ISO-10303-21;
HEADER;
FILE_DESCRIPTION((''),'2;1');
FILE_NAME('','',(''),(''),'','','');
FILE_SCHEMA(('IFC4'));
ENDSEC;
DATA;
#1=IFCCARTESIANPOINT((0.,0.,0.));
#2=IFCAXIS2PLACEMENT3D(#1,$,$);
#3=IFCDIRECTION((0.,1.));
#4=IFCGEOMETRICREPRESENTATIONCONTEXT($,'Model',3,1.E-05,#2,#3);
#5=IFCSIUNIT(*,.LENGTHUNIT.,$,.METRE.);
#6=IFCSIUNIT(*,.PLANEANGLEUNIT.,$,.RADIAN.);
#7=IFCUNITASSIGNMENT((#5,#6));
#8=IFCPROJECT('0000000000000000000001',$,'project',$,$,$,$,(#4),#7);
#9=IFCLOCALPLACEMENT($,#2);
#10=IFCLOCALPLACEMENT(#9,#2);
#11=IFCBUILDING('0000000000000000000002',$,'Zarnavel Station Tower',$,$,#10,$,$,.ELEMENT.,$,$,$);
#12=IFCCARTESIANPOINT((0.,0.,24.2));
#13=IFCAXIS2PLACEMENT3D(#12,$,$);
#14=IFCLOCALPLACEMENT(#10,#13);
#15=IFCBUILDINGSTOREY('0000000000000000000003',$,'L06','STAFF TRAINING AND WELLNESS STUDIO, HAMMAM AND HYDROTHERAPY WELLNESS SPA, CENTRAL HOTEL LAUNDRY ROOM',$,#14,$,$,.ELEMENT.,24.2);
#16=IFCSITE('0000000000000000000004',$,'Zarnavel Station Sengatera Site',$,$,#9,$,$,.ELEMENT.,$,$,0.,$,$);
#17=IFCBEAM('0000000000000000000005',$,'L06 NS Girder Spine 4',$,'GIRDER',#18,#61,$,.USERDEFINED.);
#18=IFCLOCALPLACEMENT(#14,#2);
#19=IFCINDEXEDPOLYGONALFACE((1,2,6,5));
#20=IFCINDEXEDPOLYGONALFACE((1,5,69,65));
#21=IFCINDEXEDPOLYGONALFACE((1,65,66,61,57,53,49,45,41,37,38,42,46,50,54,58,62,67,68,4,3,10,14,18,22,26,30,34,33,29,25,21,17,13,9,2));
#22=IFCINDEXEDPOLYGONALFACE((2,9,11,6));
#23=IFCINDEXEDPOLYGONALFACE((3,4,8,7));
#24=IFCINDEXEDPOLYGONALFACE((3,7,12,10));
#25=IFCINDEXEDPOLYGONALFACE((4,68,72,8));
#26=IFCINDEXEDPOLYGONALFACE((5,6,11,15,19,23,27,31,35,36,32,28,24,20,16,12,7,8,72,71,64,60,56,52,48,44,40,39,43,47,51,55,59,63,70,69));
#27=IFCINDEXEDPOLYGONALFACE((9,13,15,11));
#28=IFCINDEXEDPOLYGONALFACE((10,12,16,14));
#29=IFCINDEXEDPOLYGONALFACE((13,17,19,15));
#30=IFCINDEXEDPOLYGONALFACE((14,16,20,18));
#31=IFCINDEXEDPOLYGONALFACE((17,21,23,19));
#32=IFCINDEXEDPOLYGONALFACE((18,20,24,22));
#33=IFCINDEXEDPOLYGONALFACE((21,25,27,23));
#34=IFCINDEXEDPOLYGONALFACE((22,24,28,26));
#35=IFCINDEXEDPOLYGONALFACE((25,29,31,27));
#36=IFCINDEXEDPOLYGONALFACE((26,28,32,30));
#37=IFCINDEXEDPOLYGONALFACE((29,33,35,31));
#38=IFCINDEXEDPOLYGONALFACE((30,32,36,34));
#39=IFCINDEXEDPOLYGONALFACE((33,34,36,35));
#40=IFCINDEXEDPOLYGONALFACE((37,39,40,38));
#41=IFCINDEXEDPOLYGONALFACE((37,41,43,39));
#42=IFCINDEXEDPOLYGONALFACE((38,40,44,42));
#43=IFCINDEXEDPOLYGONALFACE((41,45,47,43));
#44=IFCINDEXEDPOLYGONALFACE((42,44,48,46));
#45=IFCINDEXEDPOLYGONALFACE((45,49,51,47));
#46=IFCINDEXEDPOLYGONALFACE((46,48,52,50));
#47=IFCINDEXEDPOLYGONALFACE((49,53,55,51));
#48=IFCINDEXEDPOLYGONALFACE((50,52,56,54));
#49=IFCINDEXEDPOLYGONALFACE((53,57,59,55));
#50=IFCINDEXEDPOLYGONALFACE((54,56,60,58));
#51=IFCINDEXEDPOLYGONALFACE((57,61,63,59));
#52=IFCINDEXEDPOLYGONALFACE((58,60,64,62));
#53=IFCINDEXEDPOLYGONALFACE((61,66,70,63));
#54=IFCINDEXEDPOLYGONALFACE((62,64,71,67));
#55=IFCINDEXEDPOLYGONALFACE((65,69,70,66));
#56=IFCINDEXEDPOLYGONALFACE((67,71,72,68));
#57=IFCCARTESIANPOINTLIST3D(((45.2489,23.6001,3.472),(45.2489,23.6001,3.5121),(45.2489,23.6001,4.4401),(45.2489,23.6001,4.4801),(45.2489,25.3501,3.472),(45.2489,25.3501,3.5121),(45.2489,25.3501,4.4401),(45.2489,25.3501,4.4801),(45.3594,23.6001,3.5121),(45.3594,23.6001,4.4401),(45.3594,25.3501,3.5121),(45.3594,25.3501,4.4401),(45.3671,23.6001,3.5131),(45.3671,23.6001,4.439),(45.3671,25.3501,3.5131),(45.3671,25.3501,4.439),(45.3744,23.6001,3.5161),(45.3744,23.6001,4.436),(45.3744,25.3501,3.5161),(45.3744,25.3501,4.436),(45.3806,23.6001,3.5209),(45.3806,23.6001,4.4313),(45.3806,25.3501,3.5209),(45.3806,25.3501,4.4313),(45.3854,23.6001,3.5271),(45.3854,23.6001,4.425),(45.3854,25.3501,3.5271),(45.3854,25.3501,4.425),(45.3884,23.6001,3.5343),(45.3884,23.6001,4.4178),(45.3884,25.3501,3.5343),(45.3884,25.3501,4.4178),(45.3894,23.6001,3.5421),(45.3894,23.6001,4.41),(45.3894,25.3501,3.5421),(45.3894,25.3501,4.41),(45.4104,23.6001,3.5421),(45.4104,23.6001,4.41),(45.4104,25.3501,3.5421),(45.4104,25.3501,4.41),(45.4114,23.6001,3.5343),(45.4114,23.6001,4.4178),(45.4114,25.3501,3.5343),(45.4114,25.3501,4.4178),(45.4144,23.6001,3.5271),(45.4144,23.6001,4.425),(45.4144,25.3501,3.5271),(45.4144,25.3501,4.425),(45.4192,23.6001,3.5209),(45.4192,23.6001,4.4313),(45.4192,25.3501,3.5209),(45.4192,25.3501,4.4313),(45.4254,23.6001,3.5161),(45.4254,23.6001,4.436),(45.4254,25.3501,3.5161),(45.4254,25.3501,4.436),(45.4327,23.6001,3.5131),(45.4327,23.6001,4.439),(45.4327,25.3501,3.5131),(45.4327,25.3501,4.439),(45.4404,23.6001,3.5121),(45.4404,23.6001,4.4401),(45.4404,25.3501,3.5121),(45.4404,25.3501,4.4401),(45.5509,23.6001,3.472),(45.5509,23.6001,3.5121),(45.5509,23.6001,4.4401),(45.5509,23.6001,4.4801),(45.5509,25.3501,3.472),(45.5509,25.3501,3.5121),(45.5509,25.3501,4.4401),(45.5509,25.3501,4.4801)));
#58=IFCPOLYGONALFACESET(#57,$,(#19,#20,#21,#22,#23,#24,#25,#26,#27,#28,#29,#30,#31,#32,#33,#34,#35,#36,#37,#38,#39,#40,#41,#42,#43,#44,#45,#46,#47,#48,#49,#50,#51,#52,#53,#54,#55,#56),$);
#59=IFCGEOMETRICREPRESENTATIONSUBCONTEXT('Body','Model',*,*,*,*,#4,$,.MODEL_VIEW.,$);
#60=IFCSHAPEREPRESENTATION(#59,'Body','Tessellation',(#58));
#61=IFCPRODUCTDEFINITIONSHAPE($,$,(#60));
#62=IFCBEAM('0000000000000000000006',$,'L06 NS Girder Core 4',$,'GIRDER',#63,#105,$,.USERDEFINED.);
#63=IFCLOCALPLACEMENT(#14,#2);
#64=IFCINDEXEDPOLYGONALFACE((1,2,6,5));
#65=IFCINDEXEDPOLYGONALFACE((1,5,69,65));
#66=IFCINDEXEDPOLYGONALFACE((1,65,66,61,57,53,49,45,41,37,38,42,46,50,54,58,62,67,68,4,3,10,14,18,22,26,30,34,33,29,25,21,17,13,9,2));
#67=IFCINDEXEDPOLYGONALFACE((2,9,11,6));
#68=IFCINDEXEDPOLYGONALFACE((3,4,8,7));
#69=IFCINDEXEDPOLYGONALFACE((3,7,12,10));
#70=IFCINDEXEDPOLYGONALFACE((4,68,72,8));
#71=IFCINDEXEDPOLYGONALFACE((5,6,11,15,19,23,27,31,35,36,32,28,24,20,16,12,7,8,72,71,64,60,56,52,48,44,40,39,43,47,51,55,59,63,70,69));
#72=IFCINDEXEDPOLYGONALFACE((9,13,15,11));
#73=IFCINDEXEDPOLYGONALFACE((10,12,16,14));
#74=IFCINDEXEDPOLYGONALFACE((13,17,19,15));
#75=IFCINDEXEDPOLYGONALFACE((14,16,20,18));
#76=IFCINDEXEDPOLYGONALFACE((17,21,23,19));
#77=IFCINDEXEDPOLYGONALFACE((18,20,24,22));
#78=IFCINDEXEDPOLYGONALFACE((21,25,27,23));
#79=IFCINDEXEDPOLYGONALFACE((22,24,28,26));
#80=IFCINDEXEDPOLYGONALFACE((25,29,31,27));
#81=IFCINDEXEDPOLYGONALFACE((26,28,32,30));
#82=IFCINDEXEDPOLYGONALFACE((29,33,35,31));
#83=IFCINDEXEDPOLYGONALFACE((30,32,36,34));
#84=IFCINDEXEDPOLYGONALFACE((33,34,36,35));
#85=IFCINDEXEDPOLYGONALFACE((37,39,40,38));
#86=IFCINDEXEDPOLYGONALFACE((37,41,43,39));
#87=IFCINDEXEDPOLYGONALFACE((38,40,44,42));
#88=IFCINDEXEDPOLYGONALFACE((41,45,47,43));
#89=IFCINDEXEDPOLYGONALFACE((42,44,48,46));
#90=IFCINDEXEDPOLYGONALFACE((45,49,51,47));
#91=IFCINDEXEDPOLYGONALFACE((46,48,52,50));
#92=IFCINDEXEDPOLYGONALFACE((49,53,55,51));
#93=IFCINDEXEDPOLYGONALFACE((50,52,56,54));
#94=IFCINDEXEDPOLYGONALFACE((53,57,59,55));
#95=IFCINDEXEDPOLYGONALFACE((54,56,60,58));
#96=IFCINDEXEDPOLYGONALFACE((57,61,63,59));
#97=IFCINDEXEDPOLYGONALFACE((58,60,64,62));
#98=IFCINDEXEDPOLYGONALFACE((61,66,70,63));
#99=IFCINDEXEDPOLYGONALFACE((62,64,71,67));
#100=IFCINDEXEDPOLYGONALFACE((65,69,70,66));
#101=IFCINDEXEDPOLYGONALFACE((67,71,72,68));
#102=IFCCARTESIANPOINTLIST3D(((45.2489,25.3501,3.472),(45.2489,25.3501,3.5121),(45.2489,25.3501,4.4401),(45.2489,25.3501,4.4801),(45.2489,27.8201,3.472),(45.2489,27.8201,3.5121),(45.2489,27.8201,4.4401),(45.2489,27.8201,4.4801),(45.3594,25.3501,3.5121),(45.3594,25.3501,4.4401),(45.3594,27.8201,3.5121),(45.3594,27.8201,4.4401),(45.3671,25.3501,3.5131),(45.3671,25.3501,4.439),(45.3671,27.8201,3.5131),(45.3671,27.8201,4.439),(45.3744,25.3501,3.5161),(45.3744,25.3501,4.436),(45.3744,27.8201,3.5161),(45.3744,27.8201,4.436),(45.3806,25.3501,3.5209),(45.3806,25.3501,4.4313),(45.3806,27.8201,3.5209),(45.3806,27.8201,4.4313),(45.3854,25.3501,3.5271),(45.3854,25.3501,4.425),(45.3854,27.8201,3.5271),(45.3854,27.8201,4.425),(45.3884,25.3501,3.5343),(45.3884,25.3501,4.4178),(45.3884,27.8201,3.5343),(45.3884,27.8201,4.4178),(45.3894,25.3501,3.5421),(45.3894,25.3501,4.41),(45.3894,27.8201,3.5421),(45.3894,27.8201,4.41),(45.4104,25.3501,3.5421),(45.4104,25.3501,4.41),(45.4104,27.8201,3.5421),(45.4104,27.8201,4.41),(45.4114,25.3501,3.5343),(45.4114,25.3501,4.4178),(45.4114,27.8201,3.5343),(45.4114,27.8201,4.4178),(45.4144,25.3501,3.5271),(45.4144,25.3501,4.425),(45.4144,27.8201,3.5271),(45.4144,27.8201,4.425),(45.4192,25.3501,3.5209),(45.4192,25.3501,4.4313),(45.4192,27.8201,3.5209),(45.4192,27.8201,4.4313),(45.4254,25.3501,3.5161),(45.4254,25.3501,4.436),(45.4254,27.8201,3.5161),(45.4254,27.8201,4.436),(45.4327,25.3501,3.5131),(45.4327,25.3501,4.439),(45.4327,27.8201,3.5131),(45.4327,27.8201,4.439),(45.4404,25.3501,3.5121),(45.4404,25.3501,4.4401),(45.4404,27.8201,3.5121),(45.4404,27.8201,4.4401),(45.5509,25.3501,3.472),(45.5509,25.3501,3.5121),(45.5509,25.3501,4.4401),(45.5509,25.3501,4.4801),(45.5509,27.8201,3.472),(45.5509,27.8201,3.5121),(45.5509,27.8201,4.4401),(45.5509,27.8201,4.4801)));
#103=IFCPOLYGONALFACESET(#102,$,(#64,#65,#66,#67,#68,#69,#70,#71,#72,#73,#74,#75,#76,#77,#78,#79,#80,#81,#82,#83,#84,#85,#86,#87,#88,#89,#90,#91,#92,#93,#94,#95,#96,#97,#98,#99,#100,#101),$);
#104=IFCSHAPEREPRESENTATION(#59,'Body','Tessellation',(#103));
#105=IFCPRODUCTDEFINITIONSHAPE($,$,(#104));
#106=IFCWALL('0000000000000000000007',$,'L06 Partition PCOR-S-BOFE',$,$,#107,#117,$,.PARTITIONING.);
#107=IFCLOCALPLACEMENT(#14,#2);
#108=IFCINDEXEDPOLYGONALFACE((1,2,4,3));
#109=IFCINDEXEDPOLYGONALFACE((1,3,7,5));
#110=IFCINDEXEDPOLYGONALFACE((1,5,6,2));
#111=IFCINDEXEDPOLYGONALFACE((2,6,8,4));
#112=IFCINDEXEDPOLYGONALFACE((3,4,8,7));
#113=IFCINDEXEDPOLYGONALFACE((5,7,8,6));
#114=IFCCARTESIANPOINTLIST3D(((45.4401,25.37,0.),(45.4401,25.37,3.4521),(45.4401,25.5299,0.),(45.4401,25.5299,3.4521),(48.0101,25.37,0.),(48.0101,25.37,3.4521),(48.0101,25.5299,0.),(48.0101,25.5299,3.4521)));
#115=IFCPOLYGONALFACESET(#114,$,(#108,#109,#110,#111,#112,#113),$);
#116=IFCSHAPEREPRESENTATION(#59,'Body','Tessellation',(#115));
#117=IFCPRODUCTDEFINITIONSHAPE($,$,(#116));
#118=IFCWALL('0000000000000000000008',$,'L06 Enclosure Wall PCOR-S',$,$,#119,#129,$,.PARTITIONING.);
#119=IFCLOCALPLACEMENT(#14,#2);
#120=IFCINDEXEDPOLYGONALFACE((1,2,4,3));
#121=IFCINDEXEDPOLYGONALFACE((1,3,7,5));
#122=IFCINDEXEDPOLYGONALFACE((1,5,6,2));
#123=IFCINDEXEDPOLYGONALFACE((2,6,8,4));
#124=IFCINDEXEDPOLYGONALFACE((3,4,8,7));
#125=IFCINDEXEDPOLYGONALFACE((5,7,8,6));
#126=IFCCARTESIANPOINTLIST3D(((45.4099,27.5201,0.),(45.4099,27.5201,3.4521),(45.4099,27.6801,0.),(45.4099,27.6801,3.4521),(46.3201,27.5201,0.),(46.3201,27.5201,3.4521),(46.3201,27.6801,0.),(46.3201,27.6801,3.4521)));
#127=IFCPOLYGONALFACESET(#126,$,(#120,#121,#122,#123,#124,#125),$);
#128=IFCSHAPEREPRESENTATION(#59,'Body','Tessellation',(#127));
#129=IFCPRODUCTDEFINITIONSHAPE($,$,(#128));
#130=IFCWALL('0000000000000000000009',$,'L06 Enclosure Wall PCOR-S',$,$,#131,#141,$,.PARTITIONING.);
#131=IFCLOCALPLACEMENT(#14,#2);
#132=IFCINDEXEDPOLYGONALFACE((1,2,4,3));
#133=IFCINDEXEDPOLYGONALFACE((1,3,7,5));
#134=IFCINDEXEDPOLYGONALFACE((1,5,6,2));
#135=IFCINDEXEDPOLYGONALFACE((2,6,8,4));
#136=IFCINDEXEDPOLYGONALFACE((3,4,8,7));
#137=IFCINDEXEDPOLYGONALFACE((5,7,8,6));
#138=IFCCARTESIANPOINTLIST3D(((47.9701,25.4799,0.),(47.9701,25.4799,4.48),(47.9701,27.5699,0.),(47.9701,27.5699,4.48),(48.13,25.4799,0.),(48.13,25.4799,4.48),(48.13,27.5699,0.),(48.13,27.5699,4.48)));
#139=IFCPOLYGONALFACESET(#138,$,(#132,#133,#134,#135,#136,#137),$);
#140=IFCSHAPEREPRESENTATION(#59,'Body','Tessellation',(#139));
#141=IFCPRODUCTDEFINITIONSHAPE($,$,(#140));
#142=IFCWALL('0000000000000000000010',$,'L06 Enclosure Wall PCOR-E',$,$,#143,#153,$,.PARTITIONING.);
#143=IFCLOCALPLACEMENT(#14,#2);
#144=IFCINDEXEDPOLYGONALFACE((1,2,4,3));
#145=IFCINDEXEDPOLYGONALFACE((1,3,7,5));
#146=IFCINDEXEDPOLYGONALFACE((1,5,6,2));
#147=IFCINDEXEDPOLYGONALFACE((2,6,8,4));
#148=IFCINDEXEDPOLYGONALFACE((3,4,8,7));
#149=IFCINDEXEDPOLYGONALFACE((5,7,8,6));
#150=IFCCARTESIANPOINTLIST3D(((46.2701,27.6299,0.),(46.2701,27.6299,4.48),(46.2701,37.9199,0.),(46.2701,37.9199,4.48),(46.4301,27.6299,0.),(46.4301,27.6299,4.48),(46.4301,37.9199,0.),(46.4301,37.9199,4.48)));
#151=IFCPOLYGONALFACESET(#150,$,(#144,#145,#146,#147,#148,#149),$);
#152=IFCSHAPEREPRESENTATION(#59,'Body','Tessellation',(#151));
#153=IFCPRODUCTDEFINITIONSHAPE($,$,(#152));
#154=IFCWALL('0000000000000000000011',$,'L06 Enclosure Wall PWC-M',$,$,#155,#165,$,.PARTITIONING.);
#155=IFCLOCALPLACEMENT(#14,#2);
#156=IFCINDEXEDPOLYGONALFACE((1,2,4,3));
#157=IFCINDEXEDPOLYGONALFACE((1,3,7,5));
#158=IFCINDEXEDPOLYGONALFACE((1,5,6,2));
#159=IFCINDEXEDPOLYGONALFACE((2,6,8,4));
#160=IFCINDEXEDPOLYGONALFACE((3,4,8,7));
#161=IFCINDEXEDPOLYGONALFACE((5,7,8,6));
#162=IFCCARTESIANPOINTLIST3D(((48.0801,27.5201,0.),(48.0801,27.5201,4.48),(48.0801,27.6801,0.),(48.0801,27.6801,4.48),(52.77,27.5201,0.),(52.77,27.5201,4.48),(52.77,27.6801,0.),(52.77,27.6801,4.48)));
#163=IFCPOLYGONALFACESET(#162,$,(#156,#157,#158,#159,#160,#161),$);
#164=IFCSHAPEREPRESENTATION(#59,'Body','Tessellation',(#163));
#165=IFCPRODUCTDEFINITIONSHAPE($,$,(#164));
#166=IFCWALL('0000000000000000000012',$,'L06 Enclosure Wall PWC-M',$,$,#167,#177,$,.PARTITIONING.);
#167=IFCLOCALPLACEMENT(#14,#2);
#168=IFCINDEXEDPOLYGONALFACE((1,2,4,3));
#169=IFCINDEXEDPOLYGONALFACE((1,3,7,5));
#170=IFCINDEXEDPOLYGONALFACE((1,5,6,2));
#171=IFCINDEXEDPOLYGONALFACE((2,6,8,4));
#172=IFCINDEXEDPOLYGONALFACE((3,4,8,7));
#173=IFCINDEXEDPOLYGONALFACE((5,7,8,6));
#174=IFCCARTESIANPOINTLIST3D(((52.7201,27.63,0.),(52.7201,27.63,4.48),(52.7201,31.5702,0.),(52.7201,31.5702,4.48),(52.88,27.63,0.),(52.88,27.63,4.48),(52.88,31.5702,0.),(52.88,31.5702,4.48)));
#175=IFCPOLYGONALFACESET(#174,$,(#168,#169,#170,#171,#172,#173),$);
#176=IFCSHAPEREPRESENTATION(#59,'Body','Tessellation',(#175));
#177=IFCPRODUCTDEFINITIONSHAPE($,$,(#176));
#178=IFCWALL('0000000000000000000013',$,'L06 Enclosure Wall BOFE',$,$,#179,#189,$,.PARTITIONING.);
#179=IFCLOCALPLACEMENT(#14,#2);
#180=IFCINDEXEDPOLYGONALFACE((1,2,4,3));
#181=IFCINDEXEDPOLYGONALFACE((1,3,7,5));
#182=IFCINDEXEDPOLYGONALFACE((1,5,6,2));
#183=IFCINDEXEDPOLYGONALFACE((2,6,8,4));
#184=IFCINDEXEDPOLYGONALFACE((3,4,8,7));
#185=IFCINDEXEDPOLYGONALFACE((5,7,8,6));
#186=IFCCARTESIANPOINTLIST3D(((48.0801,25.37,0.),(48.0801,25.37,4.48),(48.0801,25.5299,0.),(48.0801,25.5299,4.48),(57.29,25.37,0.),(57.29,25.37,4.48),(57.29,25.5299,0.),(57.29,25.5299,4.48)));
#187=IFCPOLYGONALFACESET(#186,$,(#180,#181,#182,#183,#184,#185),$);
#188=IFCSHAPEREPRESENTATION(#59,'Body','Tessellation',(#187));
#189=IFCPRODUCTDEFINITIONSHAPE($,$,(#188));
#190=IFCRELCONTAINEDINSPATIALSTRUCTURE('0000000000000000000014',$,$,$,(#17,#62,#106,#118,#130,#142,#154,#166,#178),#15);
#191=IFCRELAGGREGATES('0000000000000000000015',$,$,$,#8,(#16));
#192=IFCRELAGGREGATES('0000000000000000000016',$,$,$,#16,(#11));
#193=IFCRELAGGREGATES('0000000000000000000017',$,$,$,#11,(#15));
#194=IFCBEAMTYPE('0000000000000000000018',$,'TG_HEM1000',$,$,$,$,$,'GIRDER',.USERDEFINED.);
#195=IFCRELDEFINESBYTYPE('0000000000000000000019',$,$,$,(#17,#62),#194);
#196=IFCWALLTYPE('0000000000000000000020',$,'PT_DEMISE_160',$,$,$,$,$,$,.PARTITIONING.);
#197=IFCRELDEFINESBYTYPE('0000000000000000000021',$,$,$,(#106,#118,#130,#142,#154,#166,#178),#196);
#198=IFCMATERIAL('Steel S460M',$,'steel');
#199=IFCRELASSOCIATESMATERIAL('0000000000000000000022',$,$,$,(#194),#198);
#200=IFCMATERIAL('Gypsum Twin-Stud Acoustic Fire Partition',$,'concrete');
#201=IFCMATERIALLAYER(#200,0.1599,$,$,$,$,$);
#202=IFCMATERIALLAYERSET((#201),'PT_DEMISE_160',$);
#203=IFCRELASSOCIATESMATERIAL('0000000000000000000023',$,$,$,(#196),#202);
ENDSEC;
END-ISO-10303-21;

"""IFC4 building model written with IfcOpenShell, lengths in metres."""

from ifc_helpers import new_model, si_unit, direction, frame, frame_2d, origin, origin_2d, place, context, subcontext, project, spatial, rectangle, i_section, extrude, material, layer, layer_set, material_profile, profile_set, type_object, element, save


model = new_model("IFC4")

# Units and contexts
model_context = context("Model", 3, precision=1e-05, world=origin(), true_north=direction((0.0, 1.0)))
body_context = subcontext(model_context, "Body", "Model", "MODEL_VIEW")
ifc_project = project(units=[si_unit("LENGTHUNIT", "METRE"), si_unit("PLANEANGLEUNIT", "RADIAN")], contexts=[model_context])

# Site, building, storey
site_placement = place(None, origin())
site = spatial("IfcSite", under=ifc_project, at=site_placement, Name="Zarnavel Station Sengatera Site", CompositionType="ELEMENT", RefElevation=0.0)
building_placement = place(site_placement, origin())
building = spatial("IfcBuilding", under=site, at=building_placement, Name="Zarnavel Station Tower", CompositionType="ELEMENT")
storey_placement = place(building_placement, frame((0.0, 0.0, 24.2)))
storey = spatial("IfcBuildingStorey", under=building, at=storey_placement, Name="L06", Description="STAFF TRAINING AND WELLNESS STUDIO, HAMMAM AND HYDROTHERAPY WELLNESS SPA, CENTRAL HOTEL LAUNDRY ROOM", CompositionType="ELEMENT", Elevation=24.2)

# Beams
ifc_material_1 = material(Name="Steel S460M", Category="steel")
ifc_material_profile_1 = material_profile(ifc_material_1, i_section(OverallWidth=0.302, OverallDepth=1.0081, WebThickness=0.021, FlangeThickness=0.04, FilletRadius=0.03, at=origin_2d()), Name="HEM1000")
ifc_profile_set_1 = profile_set([ifc_material_profile_1], Name="Steel S460M")
beam_type_1 = type_object("IfcBeamType", Name="TG_HEM1000", ElementType="GIRDER", PredefinedType="USERDEFINED", material=ifc_profile_set_1)
beam_1_placement = place(storey_placement, frame((45.3999, 23.6001, 3.9761), z_axis=(0.0, 1.0, 0.0), x_axis=(-1.0, 0.0, 0.0)))
element("IfcBeam", 1, at=beam_1_placement, inside=storey, type_object=beam_type_1, Name="L06 NS Girder Spine 4", ObjectType="GIRDER", PredefinedType="USERDEFINED", context=body_context, shape_type="SweptSolid", body=[
    extrude(i_section(OverallWidth=0.302, OverallDepth=1.0081, WebThickness=0.021, FlangeThickness=0.04, FilletRadius=0.03, at=origin_2d()), origin(), (0.0, 0.0, 1.0), 1.75),
])
beam_2_placement = place(storey_placement, frame((45.3999, 25.3501, 3.9761), z_axis=(0.0, 1.0, 0.0), x_axis=(-1.0, 0.0, 0.0)))
element("IfcBeam", 2, at=beam_2_placement, inside=storey, type_object=beam_type_1, Name="L06 NS Girder Core 4", ObjectType="GIRDER", PredefinedType="USERDEFINED", context=body_context, shape_type="SweptSolid", body=[
    extrude(i_section(OverallWidth=0.302, OverallDepth=1.0081, WebThickness=0.021, FlangeThickness=0.04, FilletRadius=0.03, at=origin_2d()), origin(), (0.0, 0.0, 1.0), 2.47),
])

# Walls
ifc_material_2 = material(Name="Gypsum Twin-Stud Acoustic Fire Partition", Category="concrete")
ifc_layer_1 = layer(ifc_material_2, 0.1599)
ifc_layer_set_1 = layer_set([ifc_layer_1], Name="PT_DEMISE_160")
wall_type_1 = type_object("IfcWallType", Name="PT_DEMISE_160", PredefinedType="PARTITIONING", material=ifc_layer_set_1)
wall_1_placement = place(storey_placement, frame((45.4399, 25.45, 0.0), z_axis=(0.0, 0.0, 1.0), x_axis=(1.0, 0.0, 0.0)))
element("IfcWall", 3, at=wall_1_placement, inside=storey, type_object=wall_type_1, Name="L06 Partition PCOR-S-BOFE", PredefinedType="PARTITIONING", context=body_context, shape_type="SweptSolid", body=[
    extrude(rectangle(XDim=2.5701, YDim=0.1599, at=frame_2d((1.2852, 0.0))), origin(), (0.0, 0.0, 1.0), 3.4521),
])
wall_2_placement = place(storey_placement, frame((45.4099, 27.6001, 0.0), z_axis=(0.0, 0.0, 1.0), x_axis=(1.0, 0.0, 0.0)))
element("IfcWall", 4, at=wall_2_placement, inside=storey, type_object=wall_type_1, Name="L06 Enclosure Wall PCOR-S", PredefinedType="PARTITIONING", context=body_context, shape_type="SweptSolid", body=[
    extrude(rectangle(XDim=0.9102, YDim=0.1599, at=frame_2d((0.4551, 0.0))), origin(), (0.0, 0.0, 1.0), 3.4521),
])
wall_3_placement = place(storey_placement, frame((48.05, 25.48, 0.0), z_axis=(0.0, 0.0, 1.0), x_axis=(0.0, 1.0, 0.0)))
element("IfcWall", 5, at=wall_3_placement, inside=storey, type_object=wall_type_1, Name="L06 Enclosure Wall PCOR-S", PredefinedType="PARTITIONING", context=body_context, shape_type="SweptSolid", body=[
    extrude(rectangle(XDim=2.0901, YDim=0.1599, at=frame_2d((1.0449, 0.0))), origin(), (0.0, 0.0, 1.0), 4.48),
])
wall_4_placement = place(storey_placement, frame((46.3501, 27.6299, 0.0), z_axis=(0.0, 0.0, 1.0), x_axis=(0.0, 1.0, 0.0)))
element("IfcWall", 6, at=wall_4_placement, inside=storey, type_object=wall_type_1, Name="L06 Enclosure Wall PCOR-E", PredefinedType="PARTITIONING", context=body_context, shape_type="SweptSolid", body=[
    extrude(rectangle(XDim=10.29, YDim=0.1599, at=frame_2d((5.145, 0.0))), origin(), (0.0, 0.0, 1.0), 4.48),
])
wall_5_placement = place(storey_placement, frame((48.0801, 27.6001, 0.0), z_axis=(0.0, 0.0, 1.0), x_axis=(1.0, 0.0, 0.0)))
element("IfcWall", 7, at=wall_5_placement, inside=storey, type_object=wall_type_1, Name="L06 Enclosure Wall PWC-M", PredefinedType="PARTITIONING", context=body_context, shape_type="SweptSolid", body=[
    extrude(rectangle(XDim=4.6899, YDim=0.1599, at=frame_2d((2.345, 0.0))), origin(), (0.0, 0.0, 1.0), 4.48),
])
wall_6_placement = place(storey_placement, frame((52.8, 27.6299, 0.0), z_axis=(0.0, 0.0, 1.0), x_axis=(0.0, 1.0, 0.0)))
element("IfcWall", 8, at=wall_6_placement, inside=storey, type_object=wall_type_1, Name="L06 Enclosure Wall PWC-M", PredefinedType="PARTITIONING", context=body_context, shape_type="SweptSolid", body=[
    extrude(rectangle(XDim=3.9402, YDim=0.1599, at=frame_2d((1.9702, 0.0))), origin(), (0.0, 0.0, 1.0), 4.48),
])
wall_7_placement = place(storey_placement, frame((48.0801, 25.45, 0.0), z_axis=(0.0, 0.0, 1.0), x_axis=(1.0, 0.0, 0.0)))
element("IfcWall", 9, at=wall_7_placement, inside=storey, type_object=wall_type_1, Name="L06 Enclosure Wall BOFE", PredefinedType="PARTITIONING", context=body_context, shape_type="SweptSolid", body=[
    extrude(rectangle(XDim=9.21, YDim=0.1599, at=frame_2d((4.605, 0.0))), origin(), (0.0, 0.0, 1.0), 4.48),
])

save(model, "model.ifc")
